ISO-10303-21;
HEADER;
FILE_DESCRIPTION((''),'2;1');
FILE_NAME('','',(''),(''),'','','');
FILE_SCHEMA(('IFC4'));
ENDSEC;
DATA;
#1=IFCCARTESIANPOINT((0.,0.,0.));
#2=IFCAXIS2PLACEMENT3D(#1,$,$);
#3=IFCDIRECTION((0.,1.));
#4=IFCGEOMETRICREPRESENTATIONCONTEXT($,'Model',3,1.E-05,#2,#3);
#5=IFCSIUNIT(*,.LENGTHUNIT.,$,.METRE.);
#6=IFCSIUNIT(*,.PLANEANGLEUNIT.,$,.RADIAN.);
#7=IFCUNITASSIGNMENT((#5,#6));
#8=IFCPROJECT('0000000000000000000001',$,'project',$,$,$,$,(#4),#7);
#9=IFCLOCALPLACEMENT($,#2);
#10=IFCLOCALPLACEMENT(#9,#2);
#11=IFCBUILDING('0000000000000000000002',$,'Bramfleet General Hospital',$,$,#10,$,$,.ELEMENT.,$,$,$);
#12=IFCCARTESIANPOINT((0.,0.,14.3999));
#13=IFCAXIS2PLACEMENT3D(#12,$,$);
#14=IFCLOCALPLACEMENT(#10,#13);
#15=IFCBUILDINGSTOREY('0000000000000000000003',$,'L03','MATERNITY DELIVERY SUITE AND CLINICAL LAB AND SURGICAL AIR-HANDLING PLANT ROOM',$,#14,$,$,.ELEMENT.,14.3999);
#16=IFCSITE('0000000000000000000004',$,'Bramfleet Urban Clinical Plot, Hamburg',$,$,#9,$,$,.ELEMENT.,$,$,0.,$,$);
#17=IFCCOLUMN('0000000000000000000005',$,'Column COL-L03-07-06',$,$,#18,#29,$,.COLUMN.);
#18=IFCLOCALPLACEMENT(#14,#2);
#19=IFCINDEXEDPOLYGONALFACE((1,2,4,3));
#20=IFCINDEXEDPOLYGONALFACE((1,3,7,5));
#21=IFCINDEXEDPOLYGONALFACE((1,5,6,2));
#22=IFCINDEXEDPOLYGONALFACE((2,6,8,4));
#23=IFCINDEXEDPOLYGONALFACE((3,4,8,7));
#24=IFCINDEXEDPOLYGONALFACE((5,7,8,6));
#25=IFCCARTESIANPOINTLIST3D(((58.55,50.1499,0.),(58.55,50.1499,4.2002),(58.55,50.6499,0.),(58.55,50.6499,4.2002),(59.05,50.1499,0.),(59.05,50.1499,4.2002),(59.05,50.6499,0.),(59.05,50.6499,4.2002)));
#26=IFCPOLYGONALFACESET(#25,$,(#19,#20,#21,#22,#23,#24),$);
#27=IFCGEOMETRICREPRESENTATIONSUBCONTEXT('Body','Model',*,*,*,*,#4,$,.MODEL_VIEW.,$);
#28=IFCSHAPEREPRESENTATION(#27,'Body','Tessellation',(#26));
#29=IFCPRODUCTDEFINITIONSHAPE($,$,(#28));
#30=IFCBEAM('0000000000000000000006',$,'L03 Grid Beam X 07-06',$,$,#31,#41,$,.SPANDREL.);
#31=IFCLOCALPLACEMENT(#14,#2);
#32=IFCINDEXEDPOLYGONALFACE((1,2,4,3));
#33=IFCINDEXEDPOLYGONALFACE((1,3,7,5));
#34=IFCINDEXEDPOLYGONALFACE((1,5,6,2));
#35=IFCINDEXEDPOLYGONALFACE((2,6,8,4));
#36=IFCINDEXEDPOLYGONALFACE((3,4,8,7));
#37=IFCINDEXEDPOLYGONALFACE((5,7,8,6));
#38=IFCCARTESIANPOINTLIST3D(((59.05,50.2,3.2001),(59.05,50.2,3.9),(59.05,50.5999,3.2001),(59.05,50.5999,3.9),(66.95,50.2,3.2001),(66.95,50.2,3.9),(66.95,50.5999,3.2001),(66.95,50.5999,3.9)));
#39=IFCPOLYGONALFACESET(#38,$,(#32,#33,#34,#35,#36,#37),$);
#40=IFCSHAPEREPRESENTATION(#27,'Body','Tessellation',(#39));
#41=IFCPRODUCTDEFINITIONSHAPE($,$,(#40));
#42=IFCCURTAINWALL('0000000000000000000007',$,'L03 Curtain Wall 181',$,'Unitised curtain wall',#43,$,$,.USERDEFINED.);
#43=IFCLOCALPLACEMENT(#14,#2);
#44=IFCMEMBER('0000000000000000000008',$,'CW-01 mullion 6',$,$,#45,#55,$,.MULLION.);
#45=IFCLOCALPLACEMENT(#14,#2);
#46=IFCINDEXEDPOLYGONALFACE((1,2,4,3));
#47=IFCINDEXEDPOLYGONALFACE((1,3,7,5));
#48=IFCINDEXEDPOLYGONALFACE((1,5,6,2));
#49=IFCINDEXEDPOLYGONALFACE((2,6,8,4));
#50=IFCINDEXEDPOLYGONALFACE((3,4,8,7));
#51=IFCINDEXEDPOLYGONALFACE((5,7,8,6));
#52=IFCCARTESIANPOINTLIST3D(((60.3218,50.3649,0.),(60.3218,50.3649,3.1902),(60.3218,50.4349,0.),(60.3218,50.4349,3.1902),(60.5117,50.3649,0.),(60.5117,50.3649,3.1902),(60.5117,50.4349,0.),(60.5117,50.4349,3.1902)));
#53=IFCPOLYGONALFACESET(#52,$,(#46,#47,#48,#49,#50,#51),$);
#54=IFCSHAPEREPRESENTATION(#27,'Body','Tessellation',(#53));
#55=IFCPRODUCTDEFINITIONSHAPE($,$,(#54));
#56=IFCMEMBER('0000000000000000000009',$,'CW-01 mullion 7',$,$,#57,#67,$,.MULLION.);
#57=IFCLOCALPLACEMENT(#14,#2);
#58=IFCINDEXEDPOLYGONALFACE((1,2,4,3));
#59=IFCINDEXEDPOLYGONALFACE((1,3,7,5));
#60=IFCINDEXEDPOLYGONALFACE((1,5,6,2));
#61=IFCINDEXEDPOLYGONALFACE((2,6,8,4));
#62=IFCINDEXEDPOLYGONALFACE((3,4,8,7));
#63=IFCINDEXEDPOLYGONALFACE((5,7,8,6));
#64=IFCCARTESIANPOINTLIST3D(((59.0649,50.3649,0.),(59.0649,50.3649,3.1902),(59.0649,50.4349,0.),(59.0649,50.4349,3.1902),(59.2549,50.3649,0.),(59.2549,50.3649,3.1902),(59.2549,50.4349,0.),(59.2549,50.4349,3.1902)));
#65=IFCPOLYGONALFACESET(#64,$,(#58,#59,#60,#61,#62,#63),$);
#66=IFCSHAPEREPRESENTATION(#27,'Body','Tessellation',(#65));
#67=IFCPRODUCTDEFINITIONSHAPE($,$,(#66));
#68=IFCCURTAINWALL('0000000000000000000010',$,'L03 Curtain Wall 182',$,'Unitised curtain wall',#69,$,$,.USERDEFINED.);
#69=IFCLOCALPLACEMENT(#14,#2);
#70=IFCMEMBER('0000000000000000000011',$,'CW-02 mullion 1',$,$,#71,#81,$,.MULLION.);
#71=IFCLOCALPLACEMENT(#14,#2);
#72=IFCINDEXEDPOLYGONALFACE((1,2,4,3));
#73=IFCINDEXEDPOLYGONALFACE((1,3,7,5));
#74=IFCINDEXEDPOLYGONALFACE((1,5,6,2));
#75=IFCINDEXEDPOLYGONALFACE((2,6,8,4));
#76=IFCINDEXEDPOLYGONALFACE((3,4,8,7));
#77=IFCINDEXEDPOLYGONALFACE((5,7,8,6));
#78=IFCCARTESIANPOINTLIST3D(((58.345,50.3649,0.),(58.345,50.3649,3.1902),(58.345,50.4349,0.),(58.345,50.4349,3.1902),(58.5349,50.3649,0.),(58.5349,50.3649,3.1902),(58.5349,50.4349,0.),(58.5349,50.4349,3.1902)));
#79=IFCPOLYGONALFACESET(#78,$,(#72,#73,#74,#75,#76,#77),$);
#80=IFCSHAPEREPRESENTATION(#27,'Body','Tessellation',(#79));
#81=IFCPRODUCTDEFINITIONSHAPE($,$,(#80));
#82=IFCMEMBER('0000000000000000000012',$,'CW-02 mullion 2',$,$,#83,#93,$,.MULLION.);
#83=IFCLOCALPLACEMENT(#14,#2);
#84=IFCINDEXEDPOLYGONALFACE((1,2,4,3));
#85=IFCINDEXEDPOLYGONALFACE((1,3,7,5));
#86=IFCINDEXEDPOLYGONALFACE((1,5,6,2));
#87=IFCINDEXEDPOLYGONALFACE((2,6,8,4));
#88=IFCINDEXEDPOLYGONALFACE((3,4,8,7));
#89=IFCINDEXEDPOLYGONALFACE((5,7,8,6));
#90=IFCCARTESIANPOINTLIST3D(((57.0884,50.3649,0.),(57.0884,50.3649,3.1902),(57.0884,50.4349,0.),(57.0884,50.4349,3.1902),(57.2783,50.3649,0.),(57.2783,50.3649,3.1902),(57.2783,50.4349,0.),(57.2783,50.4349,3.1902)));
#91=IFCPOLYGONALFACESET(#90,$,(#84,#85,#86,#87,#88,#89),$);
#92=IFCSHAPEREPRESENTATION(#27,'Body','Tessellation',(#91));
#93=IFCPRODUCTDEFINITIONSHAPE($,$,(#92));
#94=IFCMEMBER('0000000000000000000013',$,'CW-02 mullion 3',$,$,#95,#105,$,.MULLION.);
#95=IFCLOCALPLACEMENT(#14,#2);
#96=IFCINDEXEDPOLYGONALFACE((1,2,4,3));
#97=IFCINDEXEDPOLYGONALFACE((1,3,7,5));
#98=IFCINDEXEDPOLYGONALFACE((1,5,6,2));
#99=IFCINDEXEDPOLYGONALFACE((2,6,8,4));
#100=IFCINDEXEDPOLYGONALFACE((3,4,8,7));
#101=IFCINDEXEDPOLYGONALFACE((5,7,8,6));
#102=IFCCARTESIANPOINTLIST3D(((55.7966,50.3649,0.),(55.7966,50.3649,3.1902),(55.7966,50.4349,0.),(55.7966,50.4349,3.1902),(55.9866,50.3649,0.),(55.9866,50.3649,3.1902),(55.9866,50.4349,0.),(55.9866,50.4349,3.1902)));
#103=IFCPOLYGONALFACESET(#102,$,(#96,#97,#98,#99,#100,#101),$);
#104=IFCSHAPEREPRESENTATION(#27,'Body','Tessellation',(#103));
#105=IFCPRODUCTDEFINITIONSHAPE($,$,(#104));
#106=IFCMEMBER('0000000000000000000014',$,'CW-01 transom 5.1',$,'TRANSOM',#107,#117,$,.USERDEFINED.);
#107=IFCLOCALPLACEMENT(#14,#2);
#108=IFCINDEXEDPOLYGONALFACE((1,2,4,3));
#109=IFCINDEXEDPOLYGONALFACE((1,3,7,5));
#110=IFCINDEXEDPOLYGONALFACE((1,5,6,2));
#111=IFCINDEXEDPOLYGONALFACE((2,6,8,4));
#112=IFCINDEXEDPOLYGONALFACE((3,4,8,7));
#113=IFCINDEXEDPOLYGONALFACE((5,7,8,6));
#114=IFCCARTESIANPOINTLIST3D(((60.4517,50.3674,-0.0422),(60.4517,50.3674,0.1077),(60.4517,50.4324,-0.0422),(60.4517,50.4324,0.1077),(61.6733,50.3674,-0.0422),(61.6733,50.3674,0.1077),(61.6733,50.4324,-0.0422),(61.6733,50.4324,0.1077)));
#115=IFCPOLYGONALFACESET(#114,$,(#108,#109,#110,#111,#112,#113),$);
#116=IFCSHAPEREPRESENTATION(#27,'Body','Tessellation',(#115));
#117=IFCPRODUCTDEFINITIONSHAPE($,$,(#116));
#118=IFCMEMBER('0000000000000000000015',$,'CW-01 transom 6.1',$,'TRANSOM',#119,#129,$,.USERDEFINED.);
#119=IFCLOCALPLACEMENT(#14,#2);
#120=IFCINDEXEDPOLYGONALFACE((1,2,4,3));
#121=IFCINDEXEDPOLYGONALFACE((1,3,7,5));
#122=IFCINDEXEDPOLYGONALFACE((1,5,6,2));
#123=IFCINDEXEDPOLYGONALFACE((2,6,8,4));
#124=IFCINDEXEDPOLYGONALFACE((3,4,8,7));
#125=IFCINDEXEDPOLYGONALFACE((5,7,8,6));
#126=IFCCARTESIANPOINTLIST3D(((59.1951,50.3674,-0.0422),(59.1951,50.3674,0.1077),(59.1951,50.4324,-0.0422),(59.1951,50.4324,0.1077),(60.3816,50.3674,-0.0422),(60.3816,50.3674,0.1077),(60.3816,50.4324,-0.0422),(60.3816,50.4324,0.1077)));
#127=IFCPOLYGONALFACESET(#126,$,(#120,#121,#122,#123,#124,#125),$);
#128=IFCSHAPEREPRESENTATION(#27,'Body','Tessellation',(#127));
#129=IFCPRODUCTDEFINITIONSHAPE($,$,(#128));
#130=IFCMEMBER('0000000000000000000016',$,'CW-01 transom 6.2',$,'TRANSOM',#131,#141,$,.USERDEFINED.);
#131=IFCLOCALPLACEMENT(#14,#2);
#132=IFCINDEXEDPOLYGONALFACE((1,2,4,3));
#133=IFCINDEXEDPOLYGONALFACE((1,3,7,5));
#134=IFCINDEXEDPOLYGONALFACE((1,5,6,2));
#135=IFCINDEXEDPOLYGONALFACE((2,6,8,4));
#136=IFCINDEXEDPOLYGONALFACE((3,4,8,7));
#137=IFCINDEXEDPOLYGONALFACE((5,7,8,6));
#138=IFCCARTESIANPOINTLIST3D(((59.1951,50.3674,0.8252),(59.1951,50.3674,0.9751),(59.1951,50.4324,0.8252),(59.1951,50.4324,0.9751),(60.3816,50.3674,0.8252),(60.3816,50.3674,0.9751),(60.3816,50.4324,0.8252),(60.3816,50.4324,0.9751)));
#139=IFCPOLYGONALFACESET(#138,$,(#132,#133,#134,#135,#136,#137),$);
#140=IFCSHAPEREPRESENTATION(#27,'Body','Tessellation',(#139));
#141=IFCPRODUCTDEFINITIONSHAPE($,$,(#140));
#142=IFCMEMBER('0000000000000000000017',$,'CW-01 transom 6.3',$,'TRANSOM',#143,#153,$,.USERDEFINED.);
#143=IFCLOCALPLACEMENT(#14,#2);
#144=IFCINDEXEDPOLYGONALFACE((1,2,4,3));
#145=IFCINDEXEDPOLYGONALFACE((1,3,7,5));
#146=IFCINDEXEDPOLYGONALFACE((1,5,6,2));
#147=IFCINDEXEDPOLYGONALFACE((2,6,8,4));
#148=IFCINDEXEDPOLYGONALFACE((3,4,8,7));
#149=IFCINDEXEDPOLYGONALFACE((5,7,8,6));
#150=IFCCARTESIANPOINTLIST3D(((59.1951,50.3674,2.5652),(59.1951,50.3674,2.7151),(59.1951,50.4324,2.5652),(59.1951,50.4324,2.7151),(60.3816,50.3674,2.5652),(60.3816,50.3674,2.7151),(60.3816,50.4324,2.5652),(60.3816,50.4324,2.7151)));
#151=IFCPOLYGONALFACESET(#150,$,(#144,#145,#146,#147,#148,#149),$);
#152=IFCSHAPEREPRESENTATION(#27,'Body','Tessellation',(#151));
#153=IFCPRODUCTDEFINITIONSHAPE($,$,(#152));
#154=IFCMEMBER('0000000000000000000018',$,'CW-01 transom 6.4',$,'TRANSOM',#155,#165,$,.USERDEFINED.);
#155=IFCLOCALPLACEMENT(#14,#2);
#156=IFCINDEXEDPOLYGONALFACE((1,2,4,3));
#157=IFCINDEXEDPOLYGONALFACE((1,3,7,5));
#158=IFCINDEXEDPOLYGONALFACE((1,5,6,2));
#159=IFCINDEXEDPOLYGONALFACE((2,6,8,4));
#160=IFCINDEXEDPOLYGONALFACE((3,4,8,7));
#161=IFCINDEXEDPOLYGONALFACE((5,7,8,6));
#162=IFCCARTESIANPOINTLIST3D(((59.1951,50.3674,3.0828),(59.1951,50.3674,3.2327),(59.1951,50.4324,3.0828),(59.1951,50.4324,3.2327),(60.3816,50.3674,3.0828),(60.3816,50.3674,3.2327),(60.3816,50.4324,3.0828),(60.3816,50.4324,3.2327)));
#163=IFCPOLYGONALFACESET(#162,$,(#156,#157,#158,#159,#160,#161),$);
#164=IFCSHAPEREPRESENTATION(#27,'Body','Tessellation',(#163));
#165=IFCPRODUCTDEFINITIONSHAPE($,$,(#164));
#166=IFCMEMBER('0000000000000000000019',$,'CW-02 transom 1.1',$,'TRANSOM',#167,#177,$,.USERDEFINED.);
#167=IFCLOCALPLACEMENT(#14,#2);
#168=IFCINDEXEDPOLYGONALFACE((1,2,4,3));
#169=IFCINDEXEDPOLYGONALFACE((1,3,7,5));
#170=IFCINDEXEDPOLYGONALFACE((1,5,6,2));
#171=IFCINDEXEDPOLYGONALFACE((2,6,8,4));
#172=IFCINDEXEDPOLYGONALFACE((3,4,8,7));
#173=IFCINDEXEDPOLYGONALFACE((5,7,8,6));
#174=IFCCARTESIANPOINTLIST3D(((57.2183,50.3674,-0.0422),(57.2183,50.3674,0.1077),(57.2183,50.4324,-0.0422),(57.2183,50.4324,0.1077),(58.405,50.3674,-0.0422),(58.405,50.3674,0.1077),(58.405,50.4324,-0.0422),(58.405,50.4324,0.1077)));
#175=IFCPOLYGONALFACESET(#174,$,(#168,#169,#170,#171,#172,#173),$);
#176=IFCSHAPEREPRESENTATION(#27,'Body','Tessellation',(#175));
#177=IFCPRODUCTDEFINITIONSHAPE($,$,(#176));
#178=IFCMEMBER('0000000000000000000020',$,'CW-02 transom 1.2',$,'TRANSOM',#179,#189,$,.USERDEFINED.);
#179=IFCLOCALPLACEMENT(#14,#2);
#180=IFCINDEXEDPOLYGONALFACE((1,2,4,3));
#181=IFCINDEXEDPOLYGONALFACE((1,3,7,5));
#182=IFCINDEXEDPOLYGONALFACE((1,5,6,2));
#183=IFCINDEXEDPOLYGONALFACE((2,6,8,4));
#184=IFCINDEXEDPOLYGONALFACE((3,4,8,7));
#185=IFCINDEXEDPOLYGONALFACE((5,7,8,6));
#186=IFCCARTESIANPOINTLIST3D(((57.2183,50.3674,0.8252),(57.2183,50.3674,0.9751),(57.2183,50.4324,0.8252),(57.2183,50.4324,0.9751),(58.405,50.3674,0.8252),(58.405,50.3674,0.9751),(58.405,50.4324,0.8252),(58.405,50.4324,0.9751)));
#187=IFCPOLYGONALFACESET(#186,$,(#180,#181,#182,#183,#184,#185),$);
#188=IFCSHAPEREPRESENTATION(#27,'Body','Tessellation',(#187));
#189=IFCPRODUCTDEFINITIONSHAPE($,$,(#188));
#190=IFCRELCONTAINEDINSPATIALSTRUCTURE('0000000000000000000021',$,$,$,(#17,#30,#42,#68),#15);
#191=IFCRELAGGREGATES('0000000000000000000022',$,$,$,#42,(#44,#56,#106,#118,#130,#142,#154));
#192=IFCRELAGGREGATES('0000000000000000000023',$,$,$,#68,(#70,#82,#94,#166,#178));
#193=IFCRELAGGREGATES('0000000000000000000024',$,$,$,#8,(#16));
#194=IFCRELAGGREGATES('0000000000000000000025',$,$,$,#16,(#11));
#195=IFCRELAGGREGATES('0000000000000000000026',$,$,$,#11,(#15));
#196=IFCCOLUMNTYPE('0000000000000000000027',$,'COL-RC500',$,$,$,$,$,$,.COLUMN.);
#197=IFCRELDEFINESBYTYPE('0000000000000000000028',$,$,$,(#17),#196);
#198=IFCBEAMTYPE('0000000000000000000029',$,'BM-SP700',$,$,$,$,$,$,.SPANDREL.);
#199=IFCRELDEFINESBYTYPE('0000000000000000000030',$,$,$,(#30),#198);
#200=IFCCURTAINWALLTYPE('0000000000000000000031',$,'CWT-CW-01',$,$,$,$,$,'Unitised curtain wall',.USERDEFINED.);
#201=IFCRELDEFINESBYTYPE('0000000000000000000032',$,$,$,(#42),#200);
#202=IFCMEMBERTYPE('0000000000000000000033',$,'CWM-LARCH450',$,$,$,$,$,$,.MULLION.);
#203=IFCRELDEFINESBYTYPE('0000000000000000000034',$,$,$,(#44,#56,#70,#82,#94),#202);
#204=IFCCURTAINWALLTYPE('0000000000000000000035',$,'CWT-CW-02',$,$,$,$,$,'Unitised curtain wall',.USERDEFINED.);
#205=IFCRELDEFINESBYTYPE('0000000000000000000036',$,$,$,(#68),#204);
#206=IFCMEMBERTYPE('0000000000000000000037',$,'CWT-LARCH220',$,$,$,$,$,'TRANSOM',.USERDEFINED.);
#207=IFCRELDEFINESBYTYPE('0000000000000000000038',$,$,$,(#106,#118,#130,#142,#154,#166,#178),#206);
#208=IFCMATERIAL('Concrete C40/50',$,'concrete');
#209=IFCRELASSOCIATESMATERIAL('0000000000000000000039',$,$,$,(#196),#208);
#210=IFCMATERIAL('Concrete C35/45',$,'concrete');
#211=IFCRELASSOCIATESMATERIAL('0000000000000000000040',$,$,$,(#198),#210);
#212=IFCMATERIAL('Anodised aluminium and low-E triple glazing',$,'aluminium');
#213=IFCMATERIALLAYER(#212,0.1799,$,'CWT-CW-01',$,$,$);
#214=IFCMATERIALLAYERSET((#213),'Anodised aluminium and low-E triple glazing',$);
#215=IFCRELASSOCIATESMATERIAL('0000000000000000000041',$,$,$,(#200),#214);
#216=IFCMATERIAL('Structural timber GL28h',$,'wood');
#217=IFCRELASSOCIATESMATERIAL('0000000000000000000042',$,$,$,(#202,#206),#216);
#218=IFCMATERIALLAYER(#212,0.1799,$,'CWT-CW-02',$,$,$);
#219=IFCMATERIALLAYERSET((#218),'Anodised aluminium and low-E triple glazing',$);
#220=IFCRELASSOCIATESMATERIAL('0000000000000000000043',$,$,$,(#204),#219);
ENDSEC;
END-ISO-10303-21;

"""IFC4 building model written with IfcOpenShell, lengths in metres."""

from ifc_helpers import new_model, si_unit, direction, frame, origin, origin_2d, place, context, subcontext, project, spatial, rectangle, extrude, material, layer, layer_set, material_profile, profile_set, type_object, element, aggregate, save


model = new_model("IFC4")

# Units and contexts
model_context = context("Model", 3, precision=1e-05, world=origin(), true_north=direction((0.0, 1.0)))
body_context = subcontext(model_context, "Body", "Model", "MODEL_VIEW")
ifc_project = project(units=[si_unit("LENGTHUNIT", "METRE"), si_unit("PLANEANGLEUNIT", "RADIAN")], contexts=[model_context])

# Site, building, storey
site_placement = place(None, origin())
site = spatial("IfcSite", under=ifc_project, at=site_placement, Name="Bramfleet Urban Clinical Plot, Hamburg", CompositionType="ELEMENT", RefElevation=0.0)
building_placement = place(site_placement, origin())
building = spatial("IfcBuilding", under=site, at=building_placement, Name="Bramfleet General Hospital", CompositionType="ELEMENT")
storey_placement = place(building_placement, frame((0.0, 0.0, 14.3999)))
storey = spatial("IfcBuildingStorey", under=building, at=storey_placement, Name="L03", Description="MATERNITY DELIVERY SUITE AND CLINICAL LAB AND SURGICAL AIR-HANDLING PLANT ROOM", CompositionType="ELEMENT", Elevation=14.3999)

# Column
ifc_material_1 = material(Name="Concrete C40/50", Category="concrete")
ifc_material_profile_1 = material_profile(ifc_material_1, rectangle(XDim=0.5, YDim=0.5, at=origin_2d()), Name="RC COL 500x500")
ifc_profile_set_1 = profile_set([ifc_material_profile_1], Name="Concrete C40/50")
column_type = type_object("IfcColumnType", Name="COL-RC500", PredefinedType="COLUMN", material=ifc_profile_set_1)
column_placement = place(storey_placement, frame((58.8, 50.3999, 0.0), z_axis=(0.0, 0.0, 1.0), x_axis=(1.0, 0.0, 0.0)))
element("IfcColumn", 1, at=column_placement, inside=storey, type_object=column_type, Name="Column COL-L03-07-06", PredefinedType="COLUMN", context=body_context, shape_type="SweptSolid", body=[
    extrude(rectangle(XDim=0.5, YDim=0.5, at=origin_2d()), origin(), (0.0, 0.0, 1.0), 4.2002),
])

# Beam
ifc_material_2 = material(Name="Concrete C35/45", Category="concrete")
ifc_material_profile_2 = material_profile(ifc_material_2, rectangle(XDim=0.3999, YDim=0.7, at=origin_2d()), Name="RC SP 700x400")
ifc_profile_set_2 = profile_set([ifc_material_profile_2], Name="Concrete C35/45")
beam_type = type_object("IfcBeamType", Name="BM-SP700", PredefinedType="SPANDREL", material=ifc_profile_set_2)
beam_placement = place(storey_placement, frame((59.05, 50.3999, 3.55), z_axis=(1.0, 0.0, 0.0), x_axis=(0.0, 1.0, 0.0)))
element("IfcBeam", 2, at=beam_placement, inside=storey, type_object=beam_type, Name="L03 Grid Beam X 07-06", PredefinedType="SPANDREL", context=body_context, shape_type="SweptSolid", body=[
    extrude(rectangle(XDim=0.3999, YDim=0.7, at=origin_2d()), origin(), (0.0, 0.0, 1.0), 7.8999),
])

# Curtain walls, members
ifc_material_3 = material(Name="Anodised aluminium and low-E triple glazing", Category="aluminium")
ifc_layer_1 = layer(ifc_material_3, 0.1799, Name="CWT-CW-01")
ifc_layer_set_1 = layer_set([ifc_layer_1], Name="Anodised aluminium and low-E triple glazing")
curtain_wall_type_1 = type_object("IfcCurtainWallType", Name="CWT-CW-01", ElementType="Unitised curtain wall", PredefinedType="USERDEFINED", material=ifc_layer_set_1)
curtain_wall_1_placement = place(storey_placement, origin())
curtain_wall_1 = element("IfcCurtainWall", 3, at=curtain_wall_1_placement, inside=storey, type_object=curtain_wall_type_1, Name="L03 Curtain Wall 181", ObjectType="Unitised curtain wall", PredefinedType="USERDEFINED")
ifc_material_4 = material(Name="Structural timber GL28h", Category="wood")
ifc_material_profile_3 = material_profile(ifc_material_4, rectangle(XDim=0.0701, YDim=0.1899, at=origin_2d()), Name="LARCH 190x70")
ifc_profile_set_3 = profile_set([ifc_material_profile_3], Name="Structural timber GL28h")
member_type_1 = type_object("IfcMemberType", Name="CWM-LARCH450", PredefinedType="MULLION", material=ifc_profile_set_3)
member_1_placement = place(storey_placement, frame((60.4167, 50.3999, 0.0), z_axis=(0.0, 0.0, 1.0), x_axis=(0.0, -1.0, 0.0)))
member_1 = element("IfcMember", 4, at=member_1_placement, type_object=member_type_1, Name="CW-01 mullion 6", PredefinedType="MULLION", context=body_context, shape_type="SweptSolid", body=[
    extrude(rectangle(XDim=0.0701, YDim=0.1899, at=origin_2d()), origin(), (0.0, 0.0, 1.0), 3.1902),
])
member_2_placement = place(storey_placement, frame((59.1599, 50.3999, 0.0), z_axis=(0.0, 0.0, 1.0), x_axis=(0.0, -1.0, 0.0)))
member_2 = element("IfcMember", 5, at=member_2_placement, type_object=member_type_1, Name="CW-01 mullion 7", PredefinedType="MULLION", context=body_context, shape_type="SweptSolid", body=[
    extrude(rectangle(XDim=0.0701, YDim=0.1899, at=origin_2d()), origin(), (0.0, 0.0, 1.0), 3.1902),
])
ifc_layer_2 = layer(ifc_material_3, 0.1799, Name="CWT-CW-02")
ifc_layer_set_2 = layer_set([ifc_layer_2], Name="Anodised aluminium and low-E triple glazing")
curtain_wall_type_2 = type_object("IfcCurtainWallType", Name="CWT-CW-02", ElementType="Unitised curtain wall", PredefinedType="USERDEFINED", material=ifc_layer_set_2)
curtain_wall_2_placement = place(storey_placement, origin())
curtain_wall_2 = element("IfcCurtainWall", 6, at=curtain_wall_2_placement, inside=storey, type_object=curtain_wall_type_2, Name="L03 Curtain Wall 182", ObjectType="Unitised curtain wall", PredefinedType="USERDEFINED")
member_3_placement = place(storey_placement, frame((58.4399, 50.3999, 0.0), z_axis=(0.0, 0.0, 1.0), x_axis=(0.0, -1.0, 0.0)))
member_3 = element("IfcMember", 7, at=member_3_placement, type_object=member_type_1, Name="CW-02 mullion 1", PredefinedType="MULLION", context=body_context, shape_type="SweptSolid", body=[
    extrude(rectangle(XDim=0.0701, YDim=0.1899, at=origin_2d()), origin(), (0.0, 0.0, 1.0), 3.1902),
])
member_4_placement = place(storey_placement, frame((57.1833, 50.3999, 0.0), z_axis=(0.0, 0.0, 1.0), x_axis=(0.0, -1.0, 0.0)))
member_4 = element("IfcMember", 8, at=member_4_placement, type_object=member_type_1, Name="CW-02 mullion 2", PredefinedType="MULLION", context=body_context, shape_type="SweptSolid", body=[
    extrude(rectangle(XDim=0.0701, YDim=0.1899, at=origin_2d()), origin(), (0.0, 0.0, 1.0), 3.1902),
])
member_5_placement = place(storey_placement, frame((55.8916, 50.3999, 0.0), z_axis=(0.0, 0.0, 1.0), x_axis=(0.0, -1.0, 0.0)))
member_5 = element("IfcMember", 9, at=member_5_placement, type_object=member_type_1, Name="CW-02 mullion 3", PredefinedType="MULLION", context=body_context, shape_type="SweptSolid", body=[
    extrude(rectangle(XDim=0.0701, YDim=0.1899, at=origin_2d()), origin(), (0.0, 0.0, 1.0), 3.1902),
])

# Members
ifc_material_profile_4 = material_profile(ifc_material_4, rectangle(XDim=0.0649, YDim=0.1499, at=origin_2d()), Name="LARCH 150x65")
ifc_profile_set_4 = profile_set([ifc_material_profile_4], Name="Structural timber GL28h")
member_type_2 = type_object("IfcMemberType", Name="CWT-LARCH220", ElementType="TRANSOM", PredefinedType="USERDEFINED", material=ifc_profile_set_4)
member_6_placement = place(storey_placement, frame((61.6733, 50.3999, 0.0327), z_axis=(-1.0, 0.0, 0.0), x_axis=(0.0, -1.0, 0.0)))
member_6 = element("IfcMember", 10, at=member_6_placement, type_object=member_type_2, Name="CW-01 transom 5.1", ObjectType="TRANSOM", PredefinedType="USERDEFINED", context=body_context, shape_type="SweptSolid", body=[
    extrude(rectangle(XDim=0.0649, YDim=0.1499, at=origin_2d()), origin(), (0.0, 0.0, 1.0), 1.2217),
])
member_7_placement = place(storey_placement, frame((60.3816, 50.3999, 0.0327), z_axis=(-1.0, 0.0, 0.0), x_axis=(0.0, -1.0, 0.0)))
member_7 = element("IfcMember", 11, at=member_7_placement, type_object=member_type_2, Name="CW-01 transom 6.1", ObjectType="TRANSOM", PredefinedType="USERDEFINED", context=body_context, shape_type="SweptSolid", body=[
    extrude(rectangle(XDim=0.0649, YDim=0.1499, at=origin_2d()), origin(), (0.0, 0.0, 1.0), 1.1865),
])
member_8_placement = place(storey_placement, frame((60.3816, 50.3999, 0.9001), z_axis=(-1.0, 0.0, 0.0), x_axis=(0.0, -1.0, 0.0)))
member_8 = element("IfcMember", 12, at=member_8_placement, type_object=member_type_2, Name="CW-01 transom 6.2", ObjectType="TRANSOM", PredefinedType="USERDEFINED", context=body_context, shape_type="SweptSolid", body=[
    extrude(rectangle(XDim=0.0649, YDim=0.1499, at=origin_2d()), origin(), (0.0, 0.0, 1.0), 1.1865),
])
member_9_placement = place(storey_placement, frame((60.3816, 50.3999, 2.6401), z_axis=(-1.0, 0.0, 0.0), x_axis=(0.0, -1.0, 0.0)))
member_9 = element("IfcMember", 13, at=member_9_placement, type_object=member_type_2, Name="CW-01 transom 6.3", ObjectType="TRANSOM", PredefinedType="USERDEFINED", context=body_context, shape_type="SweptSolid", body=[
    extrude(rectangle(XDim=0.0649, YDim=0.1499, at=origin_2d()), origin(), (0.0, 0.0, 1.0), 1.1865),
])
member_10_placement = place(storey_placement, frame((60.3816, 50.3999, 3.1577), z_axis=(-1.0, 0.0, 0.0), x_axis=(0.0, -1.0, 0.0)))
member_10 = element("IfcMember", 14, at=member_10_placement, type_object=member_type_2, Name="CW-01 transom 6.4", ObjectType="TRANSOM", PredefinedType="USERDEFINED", context=body_context, shape_type="SweptSolid", body=[
    extrude(rectangle(XDim=0.0649, YDim=0.1499, at=origin_2d()), origin(), (0.0, 0.0, 1.0), 1.1865),
])
member_11_placement = place(storey_placement, frame((58.405, 50.3999, 0.0327), z_axis=(-1.0, 0.0, 0.0), x_axis=(0.0, -1.0, 0.0)))
member_11 = element("IfcMember", 15, at=member_11_placement, type_object=member_type_2, Name="CW-02 transom 1.1", ObjectType="TRANSOM", PredefinedType="USERDEFINED", context=body_context, shape_type="SweptSolid", body=[
    extrude(rectangle(XDim=0.0649, YDim=0.1499, at=origin_2d()), origin(), (0.0, 0.0, 1.0), 1.1868),
])
member_12_placement = place(storey_placement, frame((58.405, 50.3999, 0.9001), z_axis=(-1.0, 0.0, 0.0), x_axis=(0.0, -1.0, 0.0)))
member_12 = element("IfcMember", 16, at=member_12_placement, type_object=member_type_2, Name="CW-02 transom 1.2", ObjectType="TRANSOM", PredefinedType="USERDEFINED", context=body_context, shape_type="SweptSolid", body=[
    extrude(rectangle(XDim=0.0649, YDim=0.1499, at=origin_2d()), origin(), (0.0, 0.0, 1.0), 1.1868),
])

aggregate(curtain_wall_1, [member_1, member_2, member_6, member_7, member_8, member_9, member_10])
aggregate(curtain_wall_2, [member_3, member_4, member_5, member_11, member_12])

save(model, "model.ifc")
